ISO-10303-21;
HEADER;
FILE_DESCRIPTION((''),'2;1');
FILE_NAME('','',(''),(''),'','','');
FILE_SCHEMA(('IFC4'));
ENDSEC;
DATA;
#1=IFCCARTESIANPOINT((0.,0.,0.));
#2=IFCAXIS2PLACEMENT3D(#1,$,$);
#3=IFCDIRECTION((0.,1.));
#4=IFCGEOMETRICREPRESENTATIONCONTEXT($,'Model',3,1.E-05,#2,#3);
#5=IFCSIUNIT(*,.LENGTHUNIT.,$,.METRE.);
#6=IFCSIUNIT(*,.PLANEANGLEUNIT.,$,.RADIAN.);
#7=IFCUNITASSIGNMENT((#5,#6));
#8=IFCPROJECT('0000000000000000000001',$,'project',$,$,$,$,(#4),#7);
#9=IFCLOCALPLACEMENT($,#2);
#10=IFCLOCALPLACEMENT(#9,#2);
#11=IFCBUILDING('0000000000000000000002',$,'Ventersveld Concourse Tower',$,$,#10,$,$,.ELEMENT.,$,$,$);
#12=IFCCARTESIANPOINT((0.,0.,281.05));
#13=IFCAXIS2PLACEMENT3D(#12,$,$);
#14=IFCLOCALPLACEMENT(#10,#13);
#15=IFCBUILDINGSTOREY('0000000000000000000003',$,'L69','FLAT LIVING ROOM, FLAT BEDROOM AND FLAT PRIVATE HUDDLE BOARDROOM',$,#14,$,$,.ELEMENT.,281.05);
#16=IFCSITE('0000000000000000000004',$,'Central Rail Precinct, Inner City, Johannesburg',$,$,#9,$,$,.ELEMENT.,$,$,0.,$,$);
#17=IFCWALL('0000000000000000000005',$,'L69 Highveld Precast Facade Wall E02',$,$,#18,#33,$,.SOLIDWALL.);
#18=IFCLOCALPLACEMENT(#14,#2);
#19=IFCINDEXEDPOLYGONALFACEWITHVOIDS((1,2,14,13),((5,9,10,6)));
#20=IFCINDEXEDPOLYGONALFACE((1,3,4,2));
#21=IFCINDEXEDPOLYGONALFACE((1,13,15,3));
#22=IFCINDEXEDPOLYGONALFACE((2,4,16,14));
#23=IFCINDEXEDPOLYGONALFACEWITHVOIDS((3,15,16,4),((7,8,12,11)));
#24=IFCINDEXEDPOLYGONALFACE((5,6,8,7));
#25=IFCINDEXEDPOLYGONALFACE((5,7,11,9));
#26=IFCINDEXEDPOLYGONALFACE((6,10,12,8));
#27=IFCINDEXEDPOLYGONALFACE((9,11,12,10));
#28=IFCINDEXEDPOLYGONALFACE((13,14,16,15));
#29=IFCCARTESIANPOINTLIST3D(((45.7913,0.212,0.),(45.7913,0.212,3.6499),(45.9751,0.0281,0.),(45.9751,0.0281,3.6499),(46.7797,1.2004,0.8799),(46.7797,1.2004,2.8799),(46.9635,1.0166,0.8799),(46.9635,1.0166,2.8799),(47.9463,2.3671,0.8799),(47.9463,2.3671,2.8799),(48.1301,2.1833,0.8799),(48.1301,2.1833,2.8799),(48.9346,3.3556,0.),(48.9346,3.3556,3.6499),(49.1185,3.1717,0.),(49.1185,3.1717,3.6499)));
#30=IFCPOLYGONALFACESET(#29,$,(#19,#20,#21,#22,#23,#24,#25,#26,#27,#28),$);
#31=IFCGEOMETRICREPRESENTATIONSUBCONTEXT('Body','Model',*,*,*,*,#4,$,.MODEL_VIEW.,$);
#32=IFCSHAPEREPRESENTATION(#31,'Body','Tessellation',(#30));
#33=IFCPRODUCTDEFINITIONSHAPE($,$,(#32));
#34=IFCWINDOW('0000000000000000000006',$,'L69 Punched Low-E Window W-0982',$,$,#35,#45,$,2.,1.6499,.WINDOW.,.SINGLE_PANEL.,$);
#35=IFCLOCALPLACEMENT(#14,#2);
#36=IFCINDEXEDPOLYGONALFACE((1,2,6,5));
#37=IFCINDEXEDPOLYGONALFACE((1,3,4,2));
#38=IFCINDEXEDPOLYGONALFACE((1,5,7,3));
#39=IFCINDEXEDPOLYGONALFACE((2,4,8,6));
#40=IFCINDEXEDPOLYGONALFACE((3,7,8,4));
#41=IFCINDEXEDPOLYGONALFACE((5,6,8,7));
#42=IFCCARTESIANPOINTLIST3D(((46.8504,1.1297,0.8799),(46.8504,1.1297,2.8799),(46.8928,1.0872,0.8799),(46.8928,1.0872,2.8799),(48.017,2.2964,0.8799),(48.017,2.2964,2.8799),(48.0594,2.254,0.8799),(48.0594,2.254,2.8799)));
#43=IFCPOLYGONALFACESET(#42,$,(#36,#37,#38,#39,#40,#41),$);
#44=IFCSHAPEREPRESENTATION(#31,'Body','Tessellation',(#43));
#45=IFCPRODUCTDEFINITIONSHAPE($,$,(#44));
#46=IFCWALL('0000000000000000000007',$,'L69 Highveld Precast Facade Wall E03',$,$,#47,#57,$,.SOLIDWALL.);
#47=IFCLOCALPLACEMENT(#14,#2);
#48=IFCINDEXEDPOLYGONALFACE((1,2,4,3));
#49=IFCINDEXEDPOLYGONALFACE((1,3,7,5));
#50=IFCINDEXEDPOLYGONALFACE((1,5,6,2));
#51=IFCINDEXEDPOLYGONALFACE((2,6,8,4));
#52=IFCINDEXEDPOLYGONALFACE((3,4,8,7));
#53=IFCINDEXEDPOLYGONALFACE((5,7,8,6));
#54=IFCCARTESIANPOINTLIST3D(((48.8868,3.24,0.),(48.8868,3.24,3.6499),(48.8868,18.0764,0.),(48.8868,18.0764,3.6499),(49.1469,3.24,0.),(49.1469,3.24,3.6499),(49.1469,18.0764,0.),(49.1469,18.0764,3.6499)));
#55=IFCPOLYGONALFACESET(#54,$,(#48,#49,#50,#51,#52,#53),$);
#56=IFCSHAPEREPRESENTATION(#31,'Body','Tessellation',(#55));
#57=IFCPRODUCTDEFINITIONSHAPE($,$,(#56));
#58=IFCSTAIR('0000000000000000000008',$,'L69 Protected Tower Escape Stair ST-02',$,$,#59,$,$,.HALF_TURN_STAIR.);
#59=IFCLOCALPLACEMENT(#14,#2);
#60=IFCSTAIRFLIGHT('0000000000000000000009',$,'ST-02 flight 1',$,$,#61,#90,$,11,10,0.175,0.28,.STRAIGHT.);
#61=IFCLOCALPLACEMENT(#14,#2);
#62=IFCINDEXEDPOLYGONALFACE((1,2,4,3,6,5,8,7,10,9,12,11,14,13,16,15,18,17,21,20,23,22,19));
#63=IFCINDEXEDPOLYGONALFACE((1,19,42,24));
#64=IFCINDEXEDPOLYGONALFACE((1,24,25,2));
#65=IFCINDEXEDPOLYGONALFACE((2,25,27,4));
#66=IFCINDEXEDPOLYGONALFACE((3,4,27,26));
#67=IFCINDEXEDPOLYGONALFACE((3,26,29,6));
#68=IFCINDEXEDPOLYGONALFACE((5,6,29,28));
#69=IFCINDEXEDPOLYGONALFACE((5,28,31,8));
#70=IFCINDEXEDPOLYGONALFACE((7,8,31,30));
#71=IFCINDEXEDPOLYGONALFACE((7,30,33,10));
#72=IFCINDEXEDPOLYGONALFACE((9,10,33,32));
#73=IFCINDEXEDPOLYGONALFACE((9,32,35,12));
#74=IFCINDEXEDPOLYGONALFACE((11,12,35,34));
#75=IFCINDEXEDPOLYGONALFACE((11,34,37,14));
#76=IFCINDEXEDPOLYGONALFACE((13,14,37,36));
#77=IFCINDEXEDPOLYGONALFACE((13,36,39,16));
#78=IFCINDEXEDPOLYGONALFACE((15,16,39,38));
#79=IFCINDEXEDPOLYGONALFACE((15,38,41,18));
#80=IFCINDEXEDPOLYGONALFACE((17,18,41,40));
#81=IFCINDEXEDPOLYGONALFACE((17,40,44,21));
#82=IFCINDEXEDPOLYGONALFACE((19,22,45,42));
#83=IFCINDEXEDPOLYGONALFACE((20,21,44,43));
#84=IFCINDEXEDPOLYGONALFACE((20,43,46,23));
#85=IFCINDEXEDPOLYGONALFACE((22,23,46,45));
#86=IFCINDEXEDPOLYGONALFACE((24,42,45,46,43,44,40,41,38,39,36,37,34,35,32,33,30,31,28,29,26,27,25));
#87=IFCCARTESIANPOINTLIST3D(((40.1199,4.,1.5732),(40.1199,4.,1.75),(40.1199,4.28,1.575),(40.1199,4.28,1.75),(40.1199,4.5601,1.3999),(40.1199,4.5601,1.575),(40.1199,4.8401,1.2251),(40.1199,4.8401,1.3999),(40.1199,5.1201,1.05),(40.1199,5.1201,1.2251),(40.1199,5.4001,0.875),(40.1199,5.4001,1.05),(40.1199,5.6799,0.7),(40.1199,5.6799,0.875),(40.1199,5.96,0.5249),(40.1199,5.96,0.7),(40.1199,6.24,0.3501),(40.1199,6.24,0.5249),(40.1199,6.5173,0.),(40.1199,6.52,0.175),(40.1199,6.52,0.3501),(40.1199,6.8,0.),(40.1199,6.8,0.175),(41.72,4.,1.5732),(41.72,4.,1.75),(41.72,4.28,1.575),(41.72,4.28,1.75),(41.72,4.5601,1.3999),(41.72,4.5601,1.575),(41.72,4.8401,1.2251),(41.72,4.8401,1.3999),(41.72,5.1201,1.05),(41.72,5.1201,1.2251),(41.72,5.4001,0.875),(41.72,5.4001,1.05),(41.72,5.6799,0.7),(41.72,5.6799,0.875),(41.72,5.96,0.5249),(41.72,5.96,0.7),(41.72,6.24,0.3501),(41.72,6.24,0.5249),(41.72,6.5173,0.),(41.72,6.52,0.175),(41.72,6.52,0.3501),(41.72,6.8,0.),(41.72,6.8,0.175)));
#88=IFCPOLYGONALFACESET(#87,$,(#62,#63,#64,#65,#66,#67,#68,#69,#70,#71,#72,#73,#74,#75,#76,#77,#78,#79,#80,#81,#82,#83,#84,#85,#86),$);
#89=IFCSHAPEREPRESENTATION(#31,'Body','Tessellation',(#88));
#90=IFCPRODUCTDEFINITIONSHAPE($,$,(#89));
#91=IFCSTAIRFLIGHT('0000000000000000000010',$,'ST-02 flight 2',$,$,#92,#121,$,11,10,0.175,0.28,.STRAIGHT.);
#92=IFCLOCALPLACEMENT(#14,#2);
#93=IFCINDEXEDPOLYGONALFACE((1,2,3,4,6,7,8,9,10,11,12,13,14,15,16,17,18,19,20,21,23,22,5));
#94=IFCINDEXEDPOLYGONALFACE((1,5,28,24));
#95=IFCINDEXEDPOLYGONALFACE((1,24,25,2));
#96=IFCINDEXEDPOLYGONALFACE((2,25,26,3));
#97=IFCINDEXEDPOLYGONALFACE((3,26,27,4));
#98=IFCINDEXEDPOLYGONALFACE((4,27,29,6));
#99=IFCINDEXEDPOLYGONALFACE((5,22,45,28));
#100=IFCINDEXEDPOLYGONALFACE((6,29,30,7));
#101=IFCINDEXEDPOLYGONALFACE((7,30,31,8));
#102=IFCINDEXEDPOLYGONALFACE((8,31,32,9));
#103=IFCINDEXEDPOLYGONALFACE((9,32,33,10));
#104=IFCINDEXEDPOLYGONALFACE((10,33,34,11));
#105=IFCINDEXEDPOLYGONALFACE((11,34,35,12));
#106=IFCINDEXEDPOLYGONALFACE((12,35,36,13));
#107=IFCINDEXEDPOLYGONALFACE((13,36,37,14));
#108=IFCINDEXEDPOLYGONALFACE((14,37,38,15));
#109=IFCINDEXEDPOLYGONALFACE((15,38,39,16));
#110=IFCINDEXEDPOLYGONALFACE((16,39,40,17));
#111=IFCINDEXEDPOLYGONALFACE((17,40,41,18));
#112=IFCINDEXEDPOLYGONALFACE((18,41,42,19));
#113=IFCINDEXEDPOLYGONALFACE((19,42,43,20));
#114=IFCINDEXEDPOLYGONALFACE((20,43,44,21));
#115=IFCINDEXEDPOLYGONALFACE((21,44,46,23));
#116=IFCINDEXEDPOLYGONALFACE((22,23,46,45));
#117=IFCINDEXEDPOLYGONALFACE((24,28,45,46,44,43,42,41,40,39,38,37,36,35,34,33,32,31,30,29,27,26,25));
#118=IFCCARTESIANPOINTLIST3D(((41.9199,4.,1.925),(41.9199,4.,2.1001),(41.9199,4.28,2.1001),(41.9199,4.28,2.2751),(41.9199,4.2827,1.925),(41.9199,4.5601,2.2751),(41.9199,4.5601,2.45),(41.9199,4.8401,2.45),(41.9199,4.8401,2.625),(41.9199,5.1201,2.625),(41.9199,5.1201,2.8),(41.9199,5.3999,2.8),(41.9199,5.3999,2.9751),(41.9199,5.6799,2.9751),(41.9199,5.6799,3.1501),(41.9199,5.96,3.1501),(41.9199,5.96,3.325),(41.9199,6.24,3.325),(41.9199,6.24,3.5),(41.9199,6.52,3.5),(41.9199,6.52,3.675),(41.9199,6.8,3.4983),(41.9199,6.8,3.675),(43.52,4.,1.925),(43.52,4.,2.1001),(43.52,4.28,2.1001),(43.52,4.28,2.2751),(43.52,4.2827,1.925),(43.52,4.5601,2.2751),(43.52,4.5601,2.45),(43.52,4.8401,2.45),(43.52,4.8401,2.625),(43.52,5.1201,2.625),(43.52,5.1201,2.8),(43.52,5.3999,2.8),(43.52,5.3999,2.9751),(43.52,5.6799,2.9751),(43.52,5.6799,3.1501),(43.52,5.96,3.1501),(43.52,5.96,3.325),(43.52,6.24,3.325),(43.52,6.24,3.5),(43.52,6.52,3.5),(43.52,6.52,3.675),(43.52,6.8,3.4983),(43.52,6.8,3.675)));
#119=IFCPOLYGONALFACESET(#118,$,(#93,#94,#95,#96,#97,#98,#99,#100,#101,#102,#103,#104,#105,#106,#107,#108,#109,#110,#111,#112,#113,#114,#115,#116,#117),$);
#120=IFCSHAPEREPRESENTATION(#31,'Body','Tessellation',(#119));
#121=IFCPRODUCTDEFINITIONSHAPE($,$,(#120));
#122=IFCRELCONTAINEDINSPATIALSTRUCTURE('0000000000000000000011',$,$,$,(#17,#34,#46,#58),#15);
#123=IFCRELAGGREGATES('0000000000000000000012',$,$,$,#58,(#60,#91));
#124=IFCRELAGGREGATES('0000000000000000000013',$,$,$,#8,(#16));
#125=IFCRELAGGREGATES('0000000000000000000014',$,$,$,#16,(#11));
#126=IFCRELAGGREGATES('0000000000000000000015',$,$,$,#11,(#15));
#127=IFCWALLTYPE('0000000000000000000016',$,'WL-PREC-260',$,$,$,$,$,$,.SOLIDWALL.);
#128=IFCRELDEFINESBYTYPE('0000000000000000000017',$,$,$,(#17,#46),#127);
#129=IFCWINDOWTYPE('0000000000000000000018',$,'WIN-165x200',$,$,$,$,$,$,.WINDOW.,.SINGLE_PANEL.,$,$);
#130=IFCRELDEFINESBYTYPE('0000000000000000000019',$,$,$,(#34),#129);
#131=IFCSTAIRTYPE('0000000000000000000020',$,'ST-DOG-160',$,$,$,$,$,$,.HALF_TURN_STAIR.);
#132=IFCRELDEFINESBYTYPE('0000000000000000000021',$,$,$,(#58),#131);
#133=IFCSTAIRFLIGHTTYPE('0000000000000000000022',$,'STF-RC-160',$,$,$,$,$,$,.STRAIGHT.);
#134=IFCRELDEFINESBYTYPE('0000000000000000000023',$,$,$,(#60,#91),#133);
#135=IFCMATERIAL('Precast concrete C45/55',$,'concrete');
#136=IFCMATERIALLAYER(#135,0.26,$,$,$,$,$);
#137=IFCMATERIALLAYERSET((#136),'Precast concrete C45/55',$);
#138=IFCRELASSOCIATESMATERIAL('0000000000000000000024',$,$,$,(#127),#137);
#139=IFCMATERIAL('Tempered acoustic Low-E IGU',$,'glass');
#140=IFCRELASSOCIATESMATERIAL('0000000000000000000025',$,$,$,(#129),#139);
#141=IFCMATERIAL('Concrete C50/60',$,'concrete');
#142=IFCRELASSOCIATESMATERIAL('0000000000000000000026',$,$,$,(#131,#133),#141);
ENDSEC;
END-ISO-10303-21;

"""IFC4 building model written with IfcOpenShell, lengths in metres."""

from ifc_helpers import new_model, si_unit, direction, frame, frame_2d, origin, place, context, subcontext, project, spatial, polyline, rectangle, outline, extrude, material, layer, layer_set, type_object, element, fill, aggregate, save


model = new_model("IFC4")

# Units and contexts
model_context = context("Model", 3, precision=1e-05, world=origin(), true_north=direction((0.0, 1.0)))
body_context = subcontext(model_context, "Body", "Model", "MODEL_VIEW")
ifc_project = project(units=[si_unit("LENGTHUNIT", "METRE"), si_unit("PLANEANGLEUNIT", "RADIAN")], contexts=[model_context])

# Site, building, storey
site_placement = place(None, origin())
site = spatial("IfcSite", under=ifc_project, at=site_placement, Name="Central Rail Precinct, Inner City, Johannesburg", CompositionType="ELEMENT", RefElevation=0.0)
building_placement = place(site_placement, origin())
building = spatial("IfcBuilding", under=site, at=building_placement, Name="Ventersveld Concourse Tower", CompositionType="ELEMENT")
storey_placement = place(building_placement, frame((0.0, 0.0, 281.05)))
storey = spatial("IfcBuildingStorey", under=building, at=storey_placement, Name="L69", Description="FLAT LIVING ROOM, FLAT BEDROOM AND FLAT PRIVATE HUDDLE BOARDROOM", CompositionType="ELEMENT", Elevation=281.05)

# Shared definitions
ifc_material_1 = material(Name="Concrete C50/60", Category="concrete")

# Shared definitions
ifc_material_2 = material(Name="Precast concrete C45/55", Category="concrete")
ifc_layer_1 = layer(ifc_material_2, 0.26)
ifc_layer_set_1 = layer_set([ifc_layer_1], Name="Precast concrete C45/55")
wall_type_1 = type_object("IfcWallType", Name="WL-PREC-260", PredefinedType="SOLIDWALL", material=ifc_layer_set_1)

# Wall, opening, window
wall_1_placement = place(storey_placement, frame((45.8833, 0.1201, 0.0), z_axis=(0.0, 0.0, 1.0), x_axis=(0.707079, 0.707134, 0.0)))
wall_1 = element("IfcWall", 1, at=wall_1_placement, inside=storey, type_object=wall_type_1, Name="L69 Highveld Precast Facade Wall E02", PredefinedType="SOLIDWALL", context=body_context, shape_type="SweptSolid", body=[
    extrude(rectangle(XDim=4.4456, YDim=0.26, at=frame_2d((2.2227, 0.0))), origin(), (0.0, 0.0, 1.0), 3.6499),
])
opening_1_placement = place(wall_1_placement, frame((1.3977, 0.0, 0.8799)))
opening_1 = element("IfcOpeningElement", 2, at=opening_1_placement, cuts=wall_1, PredefinedType="OPENING", context=body_context, shape_type="SweptSolid", body=[
    extrude(rectangle(XDim=1.6499, YDim=2.0, at=frame_2d((0.825, 1.0))), frame((0.0, 0.1401, 0.0), z_axis=(0.0, -1.0, 0.0), x_axis=(1.0, 0.0, 0.0)), (0.0, 0.0, 1.0), 0.28),
])
ifc_material_3 = material(Name="Tempered acoustic Low-E IGU", Category="glass")
window_type = type_object("IfcWindowType", Name="WIN-165x200", PartitioningType="SINGLE_PANEL", PredefinedType="WINDOW", material=ifc_material_3)
window_placement = place(opening_1_placement, origin())
window = element("IfcWindow", 3, at=window_placement, inside=storey, type_object=window_type, Name="L69 Punched Low-E Window W-0982", OverallHeight=2.0, OverallWidth=1.6499, PartitioningType="SINGLE_PANEL", PredefinedType="WINDOW", context=body_context, shape_type="SweptSolid", body=[
    extrude(rectangle(XDim=1.6499, YDim=2.0, at=frame_2d((0.825, 1.0))), frame((0.0, 0.03, 0.0), z_axis=(0.0, -1.0, 0.0), x_axis=(1.0, 0.0, 0.0)), (0.0, 0.0, 1.0), 0.0601),
])
fill(opening_1, window)

# Wall
wall_2_placement = place(storey_placement, frame((49.0168, 3.24, 0.0), z_axis=(0.0, 0.0, 1.0), x_axis=(0.0, 1.0, 0.0)))
element("IfcWall", 4, at=wall_2_placement, inside=storey, type_object=wall_type_1, Name="L69 Highveld Precast Facade Wall E03", PredefinedType="SOLIDWALL", context=body_context, shape_type="SweptSolid", body=[
    extrude(rectangle(XDim=14.8364, YDim=0.26, at=frame_2d((7.4182, 0.0))), origin(), (0.0, 0.0, 1.0), 3.6499),
])

# Stair, stair flights
stair_type = type_object("IfcStairType", Name="ST-DOG-160", PredefinedType="HALF_TURN_STAIR", material=ifc_material_1)
stair_placement = place(storey_placement, origin())
stair = element("IfcStair", 5, at=stair_placement, inside=storey, type_object=stair_type, Name="L69 Protected Tower Escape Stair ST-02", PredefinedType="HALF_TURN_STAIR")
stair_flight_type = type_object("IfcStairFlightType", Name="STF-RC-160", PredefinedType="STRAIGHT", material=ifc_material_1)
stair_flight_1_placement = place(storey_placement, frame((40.9199, 6.8, 0.0), z_axis=(0.0, 0.0, 1.0), x_axis=(0.0, -1.0, 0.0)))
stair_flight_1 = element("IfcStairFlight", 6, at=stair_flight_1_placement, type_object=stair_flight_type, Name="ST-02 flight 1", NumberOfRisers=11, NumberOfTreads=10, PredefinedType="STRAIGHT", RiserHeight=0.175, TreadLength=0.28, context=body_context, shape_type="SweptSolid", body=[
    extrude(outline(polyline([(0.0, 0.0), (0.0, 0.175), (0.28, 0.175), (0.28, 0.3501), (0.5601, 0.3501), (0.5601, 0.5249), (0.8401, 0.5249), (0.8401, 0.7), (1.1201, 0.7), (1.1201, 0.875), (1.3999, 0.875), (1.3999, 1.05), (1.6799, 1.05), (1.6799, 1.2251), (1.96, 1.2251), (1.96, 1.3999), (2.24, 1.3999), (2.24, 1.575), (2.52, 1.575), (2.52, 1.75), (2.8, 1.75), (2.8, 1.925), (2.8, 1.5732), (0.2827, 0.0), (0.0, 0.0)])), frame((0.0, 0.8, 0.0), z_axis=(0.0, -1.0, 0.0), x_axis=(1.0, 0.0, 0.0)), (0.0, 0.0, 1.0), 1.6001),
])
stair_flight_2_placement = place(storey_placement, frame((42.72, 4.0, 1.925), z_axis=(0.0, 0.0, 1.0), x_axis=(0.0, 1.0, 0.0)))
stair_flight_2 = element("IfcStairFlight", 7, at=stair_flight_2_placement, type_object=stair_flight_type, Name="ST-02 flight 2", NumberOfRisers=11, NumberOfTreads=10, PredefinedType="STRAIGHT", RiserHeight=0.175, TreadLength=0.28, context=body_context, shape_type="SweptSolid", body=[
    extrude(outline(polyline([(0.0, 0.0), (0.0, 0.175), (0.28, 0.175), (0.28, 0.3501), (0.5601, 0.3501), (0.5601, 0.5249), (0.8401, 0.5249), (0.8401, 0.7), (1.1201, 0.7), (1.1201, 0.875), (1.3999, 0.875), (1.3999, 1.05), (1.6799, 1.05), (1.6799, 1.2251), (1.96, 1.2251), (1.96, 1.3999), (2.24, 1.3999), (2.24, 1.575), (2.52, 1.575), (2.52, 1.75), (2.8, 1.75), (2.8, 1.925), (2.8, 1.5732), (0.2827, 0.0), (0.0, 0.0)])), frame((0.0, 0.8, 0.0), z_axis=(0.0, -1.0, 0.0), x_axis=(1.0, 0.0, 0.0)), (0.0, 0.0, 1.0), 1.6001),
])
aggregate(stair, [stair_flight_1, stair_flight_2])

save(model, "model.ifc")
